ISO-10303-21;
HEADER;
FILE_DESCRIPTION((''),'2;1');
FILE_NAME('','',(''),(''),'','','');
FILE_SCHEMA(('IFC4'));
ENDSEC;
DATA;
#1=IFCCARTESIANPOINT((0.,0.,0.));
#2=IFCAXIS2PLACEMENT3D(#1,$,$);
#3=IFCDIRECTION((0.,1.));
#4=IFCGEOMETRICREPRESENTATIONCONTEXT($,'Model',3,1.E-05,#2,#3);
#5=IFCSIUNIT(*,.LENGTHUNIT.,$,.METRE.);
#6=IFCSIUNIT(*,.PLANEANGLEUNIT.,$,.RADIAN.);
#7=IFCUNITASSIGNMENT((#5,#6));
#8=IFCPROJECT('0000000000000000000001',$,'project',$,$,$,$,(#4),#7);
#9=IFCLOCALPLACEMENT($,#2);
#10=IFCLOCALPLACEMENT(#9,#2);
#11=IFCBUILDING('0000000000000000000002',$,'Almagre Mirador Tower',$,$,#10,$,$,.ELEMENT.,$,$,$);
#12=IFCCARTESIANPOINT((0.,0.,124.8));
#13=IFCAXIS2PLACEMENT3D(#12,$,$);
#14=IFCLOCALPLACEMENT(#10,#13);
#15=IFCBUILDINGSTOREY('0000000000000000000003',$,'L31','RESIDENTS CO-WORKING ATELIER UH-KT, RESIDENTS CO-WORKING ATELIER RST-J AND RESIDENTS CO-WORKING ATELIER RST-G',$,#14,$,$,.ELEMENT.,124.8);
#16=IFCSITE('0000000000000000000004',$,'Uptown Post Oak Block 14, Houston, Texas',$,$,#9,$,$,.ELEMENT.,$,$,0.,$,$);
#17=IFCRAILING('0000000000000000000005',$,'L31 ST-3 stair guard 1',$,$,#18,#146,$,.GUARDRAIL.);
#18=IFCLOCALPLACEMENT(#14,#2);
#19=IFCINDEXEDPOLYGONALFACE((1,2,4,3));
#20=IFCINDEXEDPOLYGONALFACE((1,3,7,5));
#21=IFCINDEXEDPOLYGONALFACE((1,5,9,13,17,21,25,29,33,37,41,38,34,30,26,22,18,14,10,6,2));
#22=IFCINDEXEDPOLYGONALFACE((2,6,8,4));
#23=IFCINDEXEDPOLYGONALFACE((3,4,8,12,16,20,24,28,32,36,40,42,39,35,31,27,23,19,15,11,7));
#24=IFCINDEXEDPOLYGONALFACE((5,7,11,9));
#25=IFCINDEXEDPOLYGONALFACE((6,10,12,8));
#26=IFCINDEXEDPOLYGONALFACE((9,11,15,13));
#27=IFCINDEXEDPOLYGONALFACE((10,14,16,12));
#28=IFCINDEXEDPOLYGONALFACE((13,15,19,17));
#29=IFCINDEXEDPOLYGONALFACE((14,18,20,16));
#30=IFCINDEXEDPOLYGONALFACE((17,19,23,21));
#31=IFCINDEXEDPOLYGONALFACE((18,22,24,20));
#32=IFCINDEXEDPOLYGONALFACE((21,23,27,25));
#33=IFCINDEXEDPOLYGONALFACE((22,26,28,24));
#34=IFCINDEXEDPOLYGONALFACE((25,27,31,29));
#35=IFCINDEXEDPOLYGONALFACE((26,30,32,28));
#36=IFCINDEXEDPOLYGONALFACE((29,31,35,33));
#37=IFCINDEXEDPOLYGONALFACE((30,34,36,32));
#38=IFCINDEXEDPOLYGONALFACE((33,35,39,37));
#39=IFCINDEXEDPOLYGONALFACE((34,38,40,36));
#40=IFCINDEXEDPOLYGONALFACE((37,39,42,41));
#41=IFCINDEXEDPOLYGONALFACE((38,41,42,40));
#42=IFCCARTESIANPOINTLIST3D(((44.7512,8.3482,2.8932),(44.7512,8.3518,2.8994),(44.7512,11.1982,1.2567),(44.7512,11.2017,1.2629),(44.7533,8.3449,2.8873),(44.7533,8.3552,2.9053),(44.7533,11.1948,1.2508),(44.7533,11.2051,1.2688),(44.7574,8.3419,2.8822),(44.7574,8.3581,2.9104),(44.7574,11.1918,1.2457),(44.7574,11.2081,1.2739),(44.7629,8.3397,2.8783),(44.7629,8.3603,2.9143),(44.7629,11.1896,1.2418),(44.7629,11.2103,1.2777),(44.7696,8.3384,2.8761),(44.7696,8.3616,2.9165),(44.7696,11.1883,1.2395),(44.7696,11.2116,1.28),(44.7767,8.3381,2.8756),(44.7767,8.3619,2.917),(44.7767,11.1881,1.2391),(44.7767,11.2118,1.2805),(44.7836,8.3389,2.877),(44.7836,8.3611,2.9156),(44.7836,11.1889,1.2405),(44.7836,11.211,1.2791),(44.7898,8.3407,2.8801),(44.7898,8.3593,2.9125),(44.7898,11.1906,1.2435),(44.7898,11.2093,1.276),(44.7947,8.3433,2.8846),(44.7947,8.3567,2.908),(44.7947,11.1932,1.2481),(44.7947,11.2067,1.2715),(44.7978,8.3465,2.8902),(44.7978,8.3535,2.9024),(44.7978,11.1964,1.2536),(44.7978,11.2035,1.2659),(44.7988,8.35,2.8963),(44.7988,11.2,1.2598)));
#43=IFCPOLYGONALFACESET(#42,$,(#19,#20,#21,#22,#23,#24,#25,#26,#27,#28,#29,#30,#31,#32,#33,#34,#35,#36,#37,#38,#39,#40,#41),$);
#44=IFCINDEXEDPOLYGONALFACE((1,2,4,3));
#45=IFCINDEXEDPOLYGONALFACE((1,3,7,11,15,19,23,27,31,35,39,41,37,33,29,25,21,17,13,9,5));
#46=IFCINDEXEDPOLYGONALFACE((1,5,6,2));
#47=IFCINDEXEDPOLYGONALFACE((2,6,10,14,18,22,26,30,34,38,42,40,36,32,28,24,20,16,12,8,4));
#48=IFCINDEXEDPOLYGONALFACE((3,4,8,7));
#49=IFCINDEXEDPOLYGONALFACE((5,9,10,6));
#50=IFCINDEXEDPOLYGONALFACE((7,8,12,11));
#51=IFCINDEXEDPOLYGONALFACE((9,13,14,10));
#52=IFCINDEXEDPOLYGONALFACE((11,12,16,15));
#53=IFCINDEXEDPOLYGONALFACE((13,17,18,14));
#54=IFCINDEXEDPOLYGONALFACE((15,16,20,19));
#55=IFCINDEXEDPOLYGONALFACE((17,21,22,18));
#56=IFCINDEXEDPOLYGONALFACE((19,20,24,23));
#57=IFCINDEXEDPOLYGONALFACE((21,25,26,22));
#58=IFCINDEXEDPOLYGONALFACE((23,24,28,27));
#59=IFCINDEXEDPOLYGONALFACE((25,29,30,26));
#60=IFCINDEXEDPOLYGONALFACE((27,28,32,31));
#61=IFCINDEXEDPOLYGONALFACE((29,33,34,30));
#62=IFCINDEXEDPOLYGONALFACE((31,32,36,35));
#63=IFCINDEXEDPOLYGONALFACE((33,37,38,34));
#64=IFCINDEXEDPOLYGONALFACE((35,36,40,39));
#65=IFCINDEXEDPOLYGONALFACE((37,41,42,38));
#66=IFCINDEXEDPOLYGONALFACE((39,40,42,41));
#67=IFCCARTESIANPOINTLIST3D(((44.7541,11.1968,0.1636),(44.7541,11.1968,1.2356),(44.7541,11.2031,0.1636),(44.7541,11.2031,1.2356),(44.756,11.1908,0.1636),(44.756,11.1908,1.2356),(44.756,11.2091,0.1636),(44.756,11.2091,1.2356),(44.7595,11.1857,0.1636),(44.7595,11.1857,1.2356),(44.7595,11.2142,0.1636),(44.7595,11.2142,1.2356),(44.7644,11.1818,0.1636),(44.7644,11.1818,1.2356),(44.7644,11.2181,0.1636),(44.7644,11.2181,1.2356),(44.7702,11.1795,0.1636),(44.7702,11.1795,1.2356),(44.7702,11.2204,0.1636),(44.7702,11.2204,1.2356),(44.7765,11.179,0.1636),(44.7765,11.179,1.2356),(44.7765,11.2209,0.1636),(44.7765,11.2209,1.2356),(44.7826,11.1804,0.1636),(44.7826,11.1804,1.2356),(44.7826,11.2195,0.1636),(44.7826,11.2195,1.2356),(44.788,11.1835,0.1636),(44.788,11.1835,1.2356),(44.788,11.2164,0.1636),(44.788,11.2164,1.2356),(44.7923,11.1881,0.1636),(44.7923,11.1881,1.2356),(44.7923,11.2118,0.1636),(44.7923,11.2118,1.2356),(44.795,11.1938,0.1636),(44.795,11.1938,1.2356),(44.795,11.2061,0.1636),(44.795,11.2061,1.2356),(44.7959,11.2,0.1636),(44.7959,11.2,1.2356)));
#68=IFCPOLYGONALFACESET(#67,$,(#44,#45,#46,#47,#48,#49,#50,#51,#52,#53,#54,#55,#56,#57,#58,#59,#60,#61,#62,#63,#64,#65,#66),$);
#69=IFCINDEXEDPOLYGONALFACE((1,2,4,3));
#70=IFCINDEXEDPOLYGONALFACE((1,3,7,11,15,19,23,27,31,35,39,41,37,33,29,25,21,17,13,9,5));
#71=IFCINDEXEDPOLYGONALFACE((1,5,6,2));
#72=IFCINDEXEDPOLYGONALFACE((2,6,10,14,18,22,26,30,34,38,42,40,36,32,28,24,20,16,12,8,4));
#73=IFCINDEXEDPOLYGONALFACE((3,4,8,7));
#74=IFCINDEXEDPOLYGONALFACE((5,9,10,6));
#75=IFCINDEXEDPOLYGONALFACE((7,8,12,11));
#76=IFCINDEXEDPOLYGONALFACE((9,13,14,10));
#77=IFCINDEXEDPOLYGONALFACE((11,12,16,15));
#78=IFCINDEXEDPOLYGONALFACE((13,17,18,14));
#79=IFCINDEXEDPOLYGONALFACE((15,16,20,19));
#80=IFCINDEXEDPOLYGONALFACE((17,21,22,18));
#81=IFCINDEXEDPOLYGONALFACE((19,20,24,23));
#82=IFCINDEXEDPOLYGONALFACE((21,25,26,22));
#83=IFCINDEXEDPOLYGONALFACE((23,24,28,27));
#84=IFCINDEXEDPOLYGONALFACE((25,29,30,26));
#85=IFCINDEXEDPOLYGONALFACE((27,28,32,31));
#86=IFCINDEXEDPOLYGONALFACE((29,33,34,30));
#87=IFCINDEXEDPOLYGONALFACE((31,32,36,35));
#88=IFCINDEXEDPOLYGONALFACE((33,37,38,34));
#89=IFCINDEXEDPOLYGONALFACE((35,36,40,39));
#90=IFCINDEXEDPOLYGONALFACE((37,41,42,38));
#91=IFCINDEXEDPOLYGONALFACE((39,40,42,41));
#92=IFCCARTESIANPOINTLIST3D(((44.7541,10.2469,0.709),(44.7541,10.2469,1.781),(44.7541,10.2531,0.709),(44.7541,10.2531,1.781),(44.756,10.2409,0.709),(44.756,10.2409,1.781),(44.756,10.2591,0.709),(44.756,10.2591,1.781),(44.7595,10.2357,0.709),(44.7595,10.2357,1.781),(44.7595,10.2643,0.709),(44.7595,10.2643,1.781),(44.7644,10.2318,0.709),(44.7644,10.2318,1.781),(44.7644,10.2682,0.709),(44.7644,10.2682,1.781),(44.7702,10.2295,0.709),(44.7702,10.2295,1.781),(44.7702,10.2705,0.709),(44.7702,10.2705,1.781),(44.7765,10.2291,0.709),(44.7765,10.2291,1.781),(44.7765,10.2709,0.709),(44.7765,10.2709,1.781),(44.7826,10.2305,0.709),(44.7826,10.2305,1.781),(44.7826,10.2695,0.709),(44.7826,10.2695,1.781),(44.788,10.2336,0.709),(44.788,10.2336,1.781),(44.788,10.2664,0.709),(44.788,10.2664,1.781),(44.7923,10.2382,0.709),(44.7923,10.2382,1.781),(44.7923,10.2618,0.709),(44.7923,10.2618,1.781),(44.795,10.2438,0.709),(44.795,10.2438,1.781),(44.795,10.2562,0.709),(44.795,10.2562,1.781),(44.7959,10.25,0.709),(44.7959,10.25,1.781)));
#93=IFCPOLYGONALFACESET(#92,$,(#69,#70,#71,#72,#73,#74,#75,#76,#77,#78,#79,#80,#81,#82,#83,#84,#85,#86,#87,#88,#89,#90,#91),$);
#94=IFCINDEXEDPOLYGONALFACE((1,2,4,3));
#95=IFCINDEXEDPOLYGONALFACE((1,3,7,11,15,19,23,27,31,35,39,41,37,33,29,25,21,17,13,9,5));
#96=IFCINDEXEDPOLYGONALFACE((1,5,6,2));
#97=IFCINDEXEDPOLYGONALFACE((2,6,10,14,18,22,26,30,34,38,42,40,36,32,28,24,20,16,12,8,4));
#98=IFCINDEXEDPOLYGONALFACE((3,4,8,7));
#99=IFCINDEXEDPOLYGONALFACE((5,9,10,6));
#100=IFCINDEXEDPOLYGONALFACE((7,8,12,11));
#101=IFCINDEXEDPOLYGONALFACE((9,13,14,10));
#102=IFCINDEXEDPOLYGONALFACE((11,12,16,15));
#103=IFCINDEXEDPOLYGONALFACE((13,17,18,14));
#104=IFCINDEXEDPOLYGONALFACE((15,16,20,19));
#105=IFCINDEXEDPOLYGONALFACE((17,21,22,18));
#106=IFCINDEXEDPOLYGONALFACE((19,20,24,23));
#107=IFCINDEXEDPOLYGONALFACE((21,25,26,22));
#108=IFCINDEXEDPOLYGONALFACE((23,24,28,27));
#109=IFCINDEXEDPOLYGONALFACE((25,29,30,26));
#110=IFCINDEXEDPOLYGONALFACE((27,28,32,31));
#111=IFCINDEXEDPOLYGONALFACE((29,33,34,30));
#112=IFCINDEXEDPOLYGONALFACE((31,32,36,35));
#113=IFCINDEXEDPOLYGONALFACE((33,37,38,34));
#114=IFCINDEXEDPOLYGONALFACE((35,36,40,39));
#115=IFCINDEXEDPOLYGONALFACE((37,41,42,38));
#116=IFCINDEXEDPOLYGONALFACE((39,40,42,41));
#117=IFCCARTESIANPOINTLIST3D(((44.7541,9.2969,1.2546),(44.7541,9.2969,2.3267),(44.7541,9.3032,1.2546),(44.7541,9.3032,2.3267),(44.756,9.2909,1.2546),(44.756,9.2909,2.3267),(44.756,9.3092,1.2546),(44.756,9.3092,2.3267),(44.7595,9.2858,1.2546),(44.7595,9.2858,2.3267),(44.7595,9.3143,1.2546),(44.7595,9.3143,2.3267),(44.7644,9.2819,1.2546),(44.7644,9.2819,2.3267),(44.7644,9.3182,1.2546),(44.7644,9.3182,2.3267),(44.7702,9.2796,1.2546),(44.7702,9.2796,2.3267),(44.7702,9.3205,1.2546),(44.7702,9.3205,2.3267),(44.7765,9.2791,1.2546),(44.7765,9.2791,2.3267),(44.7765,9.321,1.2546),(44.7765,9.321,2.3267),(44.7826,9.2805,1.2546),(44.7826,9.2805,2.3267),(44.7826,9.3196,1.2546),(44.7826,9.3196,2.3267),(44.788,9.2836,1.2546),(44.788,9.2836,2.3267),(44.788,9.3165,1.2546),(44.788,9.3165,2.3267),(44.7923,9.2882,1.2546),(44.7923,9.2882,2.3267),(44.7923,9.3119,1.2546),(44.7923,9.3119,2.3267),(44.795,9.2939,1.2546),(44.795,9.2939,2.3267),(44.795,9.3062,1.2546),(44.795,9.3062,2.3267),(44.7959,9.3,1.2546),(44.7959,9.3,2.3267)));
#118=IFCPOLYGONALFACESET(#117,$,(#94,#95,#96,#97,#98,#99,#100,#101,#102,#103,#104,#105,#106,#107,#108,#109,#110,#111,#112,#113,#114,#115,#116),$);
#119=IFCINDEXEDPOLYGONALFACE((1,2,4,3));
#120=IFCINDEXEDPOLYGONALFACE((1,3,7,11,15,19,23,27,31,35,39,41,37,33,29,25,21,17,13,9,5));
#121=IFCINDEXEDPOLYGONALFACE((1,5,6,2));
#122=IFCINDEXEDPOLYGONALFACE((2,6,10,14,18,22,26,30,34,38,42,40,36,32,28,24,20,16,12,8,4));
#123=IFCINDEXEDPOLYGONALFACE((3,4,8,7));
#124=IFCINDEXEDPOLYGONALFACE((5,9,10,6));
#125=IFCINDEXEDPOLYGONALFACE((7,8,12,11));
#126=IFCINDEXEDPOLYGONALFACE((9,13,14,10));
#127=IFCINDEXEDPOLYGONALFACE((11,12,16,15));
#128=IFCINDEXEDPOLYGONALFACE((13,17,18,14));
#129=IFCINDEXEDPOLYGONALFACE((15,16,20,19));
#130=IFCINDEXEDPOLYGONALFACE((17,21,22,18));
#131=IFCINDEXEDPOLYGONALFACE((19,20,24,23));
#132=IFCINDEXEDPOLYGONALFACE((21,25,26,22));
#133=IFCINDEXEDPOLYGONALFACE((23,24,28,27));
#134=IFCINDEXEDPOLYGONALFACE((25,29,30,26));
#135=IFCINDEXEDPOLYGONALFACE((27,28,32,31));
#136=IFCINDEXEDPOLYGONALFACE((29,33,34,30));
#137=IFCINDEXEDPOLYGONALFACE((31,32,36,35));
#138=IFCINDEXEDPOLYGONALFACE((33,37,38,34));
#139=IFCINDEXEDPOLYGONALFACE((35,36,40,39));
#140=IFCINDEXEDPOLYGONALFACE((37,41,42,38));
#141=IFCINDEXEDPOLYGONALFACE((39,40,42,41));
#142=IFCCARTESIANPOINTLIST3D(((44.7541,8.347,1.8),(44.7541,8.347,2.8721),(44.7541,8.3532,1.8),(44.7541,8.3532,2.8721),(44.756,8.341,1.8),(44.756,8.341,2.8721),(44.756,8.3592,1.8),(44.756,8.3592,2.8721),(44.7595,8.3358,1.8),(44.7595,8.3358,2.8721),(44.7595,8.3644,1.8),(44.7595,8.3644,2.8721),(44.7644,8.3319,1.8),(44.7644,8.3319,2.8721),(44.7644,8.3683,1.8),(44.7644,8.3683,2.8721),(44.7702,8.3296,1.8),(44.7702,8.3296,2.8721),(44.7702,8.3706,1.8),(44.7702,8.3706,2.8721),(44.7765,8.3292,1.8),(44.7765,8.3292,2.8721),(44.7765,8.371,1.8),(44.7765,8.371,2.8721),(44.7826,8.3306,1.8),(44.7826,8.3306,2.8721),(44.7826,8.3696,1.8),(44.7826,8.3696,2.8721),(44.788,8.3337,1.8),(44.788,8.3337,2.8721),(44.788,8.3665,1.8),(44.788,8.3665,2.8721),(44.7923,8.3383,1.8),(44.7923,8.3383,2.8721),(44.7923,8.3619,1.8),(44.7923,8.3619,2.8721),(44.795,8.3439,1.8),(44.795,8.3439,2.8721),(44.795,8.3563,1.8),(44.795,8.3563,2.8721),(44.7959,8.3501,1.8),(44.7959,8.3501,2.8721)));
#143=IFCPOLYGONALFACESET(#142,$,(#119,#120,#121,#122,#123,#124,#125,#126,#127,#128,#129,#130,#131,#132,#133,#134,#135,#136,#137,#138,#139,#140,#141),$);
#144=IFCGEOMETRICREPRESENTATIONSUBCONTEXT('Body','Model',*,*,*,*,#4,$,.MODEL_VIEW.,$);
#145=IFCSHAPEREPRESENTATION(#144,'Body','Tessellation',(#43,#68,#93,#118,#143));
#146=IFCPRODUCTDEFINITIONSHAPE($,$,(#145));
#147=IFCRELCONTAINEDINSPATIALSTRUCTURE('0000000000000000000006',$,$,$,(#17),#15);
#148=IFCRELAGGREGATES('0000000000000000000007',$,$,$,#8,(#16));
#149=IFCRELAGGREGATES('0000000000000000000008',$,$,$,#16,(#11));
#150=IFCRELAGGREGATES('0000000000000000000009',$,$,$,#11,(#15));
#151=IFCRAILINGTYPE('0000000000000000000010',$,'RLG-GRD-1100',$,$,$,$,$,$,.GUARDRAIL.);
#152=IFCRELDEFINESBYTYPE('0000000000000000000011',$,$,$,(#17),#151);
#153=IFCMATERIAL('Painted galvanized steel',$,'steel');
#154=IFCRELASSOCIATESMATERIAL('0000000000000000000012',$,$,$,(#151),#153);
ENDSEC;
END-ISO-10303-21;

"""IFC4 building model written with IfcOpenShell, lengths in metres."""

from ifc_helpers import new_model, si_unit, direction, frame, origin, origin_2d, place, context, subcontext, project, spatial, circle, extrude, material, type_object, element, save


model = new_model("IFC4")

# Units and contexts
model_context = context("Model", 3, precision=1e-05, world=origin(), true_north=direction((0.0, 1.0)))
body_context = subcontext(model_context, "Body", "Model", "MODEL_VIEW")
ifc_project = project(units=[si_unit("LENGTHUNIT", "METRE"), si_unit("PLANEANGLEUNIT", "RADIAN")], contexts=[model_context])

# Site, building, storey
site_placement = place(None, origin())
site = spatial("IfcSite", under=ifc_project, at=site_placement, Name="Uptown Post Oak Block 14, Houston, Texas", CompositionType="ELEMENT", RefElevation=0.0)
building_placement = place(site_placement, origin())
building = spatial("IfcBuilding", under=site, at=building_placement, Name="Almagre Mirador Tower", CompositionType="ELEMENT")
storey_placement = place(building_placement, frame((0.0, 0.0, 124.8)))
storey = spatial("IfcBuildingStorey", under=building, at=storey_placement, Name="L31", Description="RESIDENTS CO-WORKING ATELIER UH-KT, RESIDENTS CO-WORKING ATELIER RST-J AND RESIDENTS CO-WORKING ATELIER RST-G", CompositionType="ELEMENT", Elevation=124.8)

# Railing
ifc_material_1 = material(Name="Painted galvanized steel", Category="steel")
railing_type_1 = type_object("IfcRailingType", Name="RLG-GRD-1100", PredefinedType="GUARDRAIL", material=ifc_material_1)
railing_1_placement = place(storey_placement, frame((44.7749, 11.2, 0.1636)))
element("IfcRailing", 1, at=railing_1_placement, inside=storey, type_object=railing_type_1, Name="L31 ST-3 stair guard 1", PredefinedType="GUARDRAIL", context=body_context, shape_type="SweptSolid", body=[
    extrude(circle(Radius=0.0239, at=origin_2d()), frame((0.0, 0.0, 1.0962), z_axis=(0.0, -0.867194, 0.49797), x_axis=(1.0, 0.0, 0.0)), (0.0, 0.0, 1.0), 3.2864),
    extrude(circle(Radius=0.021, at=origin_2d()), origin(), (0.0, 0.0, 1.0), 1.072),
    extrude(circle(Radius=0.021, at=origin_2d()), frame((0.0, -0.95, 0.5454)), (0.0, 0.0, 1.0), 1.072),
    extrude(circle(Radius=0.021, at=origin_2d()), frame((0.0, -1.8999, 1.0911)), (0.0, 0.0, 1.0), 1.072),
    extrude(circle(Radius=0.021, at=origin_2d()), frame((0.0, -2.8499, 1.6365)), (0.0, 0.0, 1.0), 1.072),
])

save(model, "model.ifc")
